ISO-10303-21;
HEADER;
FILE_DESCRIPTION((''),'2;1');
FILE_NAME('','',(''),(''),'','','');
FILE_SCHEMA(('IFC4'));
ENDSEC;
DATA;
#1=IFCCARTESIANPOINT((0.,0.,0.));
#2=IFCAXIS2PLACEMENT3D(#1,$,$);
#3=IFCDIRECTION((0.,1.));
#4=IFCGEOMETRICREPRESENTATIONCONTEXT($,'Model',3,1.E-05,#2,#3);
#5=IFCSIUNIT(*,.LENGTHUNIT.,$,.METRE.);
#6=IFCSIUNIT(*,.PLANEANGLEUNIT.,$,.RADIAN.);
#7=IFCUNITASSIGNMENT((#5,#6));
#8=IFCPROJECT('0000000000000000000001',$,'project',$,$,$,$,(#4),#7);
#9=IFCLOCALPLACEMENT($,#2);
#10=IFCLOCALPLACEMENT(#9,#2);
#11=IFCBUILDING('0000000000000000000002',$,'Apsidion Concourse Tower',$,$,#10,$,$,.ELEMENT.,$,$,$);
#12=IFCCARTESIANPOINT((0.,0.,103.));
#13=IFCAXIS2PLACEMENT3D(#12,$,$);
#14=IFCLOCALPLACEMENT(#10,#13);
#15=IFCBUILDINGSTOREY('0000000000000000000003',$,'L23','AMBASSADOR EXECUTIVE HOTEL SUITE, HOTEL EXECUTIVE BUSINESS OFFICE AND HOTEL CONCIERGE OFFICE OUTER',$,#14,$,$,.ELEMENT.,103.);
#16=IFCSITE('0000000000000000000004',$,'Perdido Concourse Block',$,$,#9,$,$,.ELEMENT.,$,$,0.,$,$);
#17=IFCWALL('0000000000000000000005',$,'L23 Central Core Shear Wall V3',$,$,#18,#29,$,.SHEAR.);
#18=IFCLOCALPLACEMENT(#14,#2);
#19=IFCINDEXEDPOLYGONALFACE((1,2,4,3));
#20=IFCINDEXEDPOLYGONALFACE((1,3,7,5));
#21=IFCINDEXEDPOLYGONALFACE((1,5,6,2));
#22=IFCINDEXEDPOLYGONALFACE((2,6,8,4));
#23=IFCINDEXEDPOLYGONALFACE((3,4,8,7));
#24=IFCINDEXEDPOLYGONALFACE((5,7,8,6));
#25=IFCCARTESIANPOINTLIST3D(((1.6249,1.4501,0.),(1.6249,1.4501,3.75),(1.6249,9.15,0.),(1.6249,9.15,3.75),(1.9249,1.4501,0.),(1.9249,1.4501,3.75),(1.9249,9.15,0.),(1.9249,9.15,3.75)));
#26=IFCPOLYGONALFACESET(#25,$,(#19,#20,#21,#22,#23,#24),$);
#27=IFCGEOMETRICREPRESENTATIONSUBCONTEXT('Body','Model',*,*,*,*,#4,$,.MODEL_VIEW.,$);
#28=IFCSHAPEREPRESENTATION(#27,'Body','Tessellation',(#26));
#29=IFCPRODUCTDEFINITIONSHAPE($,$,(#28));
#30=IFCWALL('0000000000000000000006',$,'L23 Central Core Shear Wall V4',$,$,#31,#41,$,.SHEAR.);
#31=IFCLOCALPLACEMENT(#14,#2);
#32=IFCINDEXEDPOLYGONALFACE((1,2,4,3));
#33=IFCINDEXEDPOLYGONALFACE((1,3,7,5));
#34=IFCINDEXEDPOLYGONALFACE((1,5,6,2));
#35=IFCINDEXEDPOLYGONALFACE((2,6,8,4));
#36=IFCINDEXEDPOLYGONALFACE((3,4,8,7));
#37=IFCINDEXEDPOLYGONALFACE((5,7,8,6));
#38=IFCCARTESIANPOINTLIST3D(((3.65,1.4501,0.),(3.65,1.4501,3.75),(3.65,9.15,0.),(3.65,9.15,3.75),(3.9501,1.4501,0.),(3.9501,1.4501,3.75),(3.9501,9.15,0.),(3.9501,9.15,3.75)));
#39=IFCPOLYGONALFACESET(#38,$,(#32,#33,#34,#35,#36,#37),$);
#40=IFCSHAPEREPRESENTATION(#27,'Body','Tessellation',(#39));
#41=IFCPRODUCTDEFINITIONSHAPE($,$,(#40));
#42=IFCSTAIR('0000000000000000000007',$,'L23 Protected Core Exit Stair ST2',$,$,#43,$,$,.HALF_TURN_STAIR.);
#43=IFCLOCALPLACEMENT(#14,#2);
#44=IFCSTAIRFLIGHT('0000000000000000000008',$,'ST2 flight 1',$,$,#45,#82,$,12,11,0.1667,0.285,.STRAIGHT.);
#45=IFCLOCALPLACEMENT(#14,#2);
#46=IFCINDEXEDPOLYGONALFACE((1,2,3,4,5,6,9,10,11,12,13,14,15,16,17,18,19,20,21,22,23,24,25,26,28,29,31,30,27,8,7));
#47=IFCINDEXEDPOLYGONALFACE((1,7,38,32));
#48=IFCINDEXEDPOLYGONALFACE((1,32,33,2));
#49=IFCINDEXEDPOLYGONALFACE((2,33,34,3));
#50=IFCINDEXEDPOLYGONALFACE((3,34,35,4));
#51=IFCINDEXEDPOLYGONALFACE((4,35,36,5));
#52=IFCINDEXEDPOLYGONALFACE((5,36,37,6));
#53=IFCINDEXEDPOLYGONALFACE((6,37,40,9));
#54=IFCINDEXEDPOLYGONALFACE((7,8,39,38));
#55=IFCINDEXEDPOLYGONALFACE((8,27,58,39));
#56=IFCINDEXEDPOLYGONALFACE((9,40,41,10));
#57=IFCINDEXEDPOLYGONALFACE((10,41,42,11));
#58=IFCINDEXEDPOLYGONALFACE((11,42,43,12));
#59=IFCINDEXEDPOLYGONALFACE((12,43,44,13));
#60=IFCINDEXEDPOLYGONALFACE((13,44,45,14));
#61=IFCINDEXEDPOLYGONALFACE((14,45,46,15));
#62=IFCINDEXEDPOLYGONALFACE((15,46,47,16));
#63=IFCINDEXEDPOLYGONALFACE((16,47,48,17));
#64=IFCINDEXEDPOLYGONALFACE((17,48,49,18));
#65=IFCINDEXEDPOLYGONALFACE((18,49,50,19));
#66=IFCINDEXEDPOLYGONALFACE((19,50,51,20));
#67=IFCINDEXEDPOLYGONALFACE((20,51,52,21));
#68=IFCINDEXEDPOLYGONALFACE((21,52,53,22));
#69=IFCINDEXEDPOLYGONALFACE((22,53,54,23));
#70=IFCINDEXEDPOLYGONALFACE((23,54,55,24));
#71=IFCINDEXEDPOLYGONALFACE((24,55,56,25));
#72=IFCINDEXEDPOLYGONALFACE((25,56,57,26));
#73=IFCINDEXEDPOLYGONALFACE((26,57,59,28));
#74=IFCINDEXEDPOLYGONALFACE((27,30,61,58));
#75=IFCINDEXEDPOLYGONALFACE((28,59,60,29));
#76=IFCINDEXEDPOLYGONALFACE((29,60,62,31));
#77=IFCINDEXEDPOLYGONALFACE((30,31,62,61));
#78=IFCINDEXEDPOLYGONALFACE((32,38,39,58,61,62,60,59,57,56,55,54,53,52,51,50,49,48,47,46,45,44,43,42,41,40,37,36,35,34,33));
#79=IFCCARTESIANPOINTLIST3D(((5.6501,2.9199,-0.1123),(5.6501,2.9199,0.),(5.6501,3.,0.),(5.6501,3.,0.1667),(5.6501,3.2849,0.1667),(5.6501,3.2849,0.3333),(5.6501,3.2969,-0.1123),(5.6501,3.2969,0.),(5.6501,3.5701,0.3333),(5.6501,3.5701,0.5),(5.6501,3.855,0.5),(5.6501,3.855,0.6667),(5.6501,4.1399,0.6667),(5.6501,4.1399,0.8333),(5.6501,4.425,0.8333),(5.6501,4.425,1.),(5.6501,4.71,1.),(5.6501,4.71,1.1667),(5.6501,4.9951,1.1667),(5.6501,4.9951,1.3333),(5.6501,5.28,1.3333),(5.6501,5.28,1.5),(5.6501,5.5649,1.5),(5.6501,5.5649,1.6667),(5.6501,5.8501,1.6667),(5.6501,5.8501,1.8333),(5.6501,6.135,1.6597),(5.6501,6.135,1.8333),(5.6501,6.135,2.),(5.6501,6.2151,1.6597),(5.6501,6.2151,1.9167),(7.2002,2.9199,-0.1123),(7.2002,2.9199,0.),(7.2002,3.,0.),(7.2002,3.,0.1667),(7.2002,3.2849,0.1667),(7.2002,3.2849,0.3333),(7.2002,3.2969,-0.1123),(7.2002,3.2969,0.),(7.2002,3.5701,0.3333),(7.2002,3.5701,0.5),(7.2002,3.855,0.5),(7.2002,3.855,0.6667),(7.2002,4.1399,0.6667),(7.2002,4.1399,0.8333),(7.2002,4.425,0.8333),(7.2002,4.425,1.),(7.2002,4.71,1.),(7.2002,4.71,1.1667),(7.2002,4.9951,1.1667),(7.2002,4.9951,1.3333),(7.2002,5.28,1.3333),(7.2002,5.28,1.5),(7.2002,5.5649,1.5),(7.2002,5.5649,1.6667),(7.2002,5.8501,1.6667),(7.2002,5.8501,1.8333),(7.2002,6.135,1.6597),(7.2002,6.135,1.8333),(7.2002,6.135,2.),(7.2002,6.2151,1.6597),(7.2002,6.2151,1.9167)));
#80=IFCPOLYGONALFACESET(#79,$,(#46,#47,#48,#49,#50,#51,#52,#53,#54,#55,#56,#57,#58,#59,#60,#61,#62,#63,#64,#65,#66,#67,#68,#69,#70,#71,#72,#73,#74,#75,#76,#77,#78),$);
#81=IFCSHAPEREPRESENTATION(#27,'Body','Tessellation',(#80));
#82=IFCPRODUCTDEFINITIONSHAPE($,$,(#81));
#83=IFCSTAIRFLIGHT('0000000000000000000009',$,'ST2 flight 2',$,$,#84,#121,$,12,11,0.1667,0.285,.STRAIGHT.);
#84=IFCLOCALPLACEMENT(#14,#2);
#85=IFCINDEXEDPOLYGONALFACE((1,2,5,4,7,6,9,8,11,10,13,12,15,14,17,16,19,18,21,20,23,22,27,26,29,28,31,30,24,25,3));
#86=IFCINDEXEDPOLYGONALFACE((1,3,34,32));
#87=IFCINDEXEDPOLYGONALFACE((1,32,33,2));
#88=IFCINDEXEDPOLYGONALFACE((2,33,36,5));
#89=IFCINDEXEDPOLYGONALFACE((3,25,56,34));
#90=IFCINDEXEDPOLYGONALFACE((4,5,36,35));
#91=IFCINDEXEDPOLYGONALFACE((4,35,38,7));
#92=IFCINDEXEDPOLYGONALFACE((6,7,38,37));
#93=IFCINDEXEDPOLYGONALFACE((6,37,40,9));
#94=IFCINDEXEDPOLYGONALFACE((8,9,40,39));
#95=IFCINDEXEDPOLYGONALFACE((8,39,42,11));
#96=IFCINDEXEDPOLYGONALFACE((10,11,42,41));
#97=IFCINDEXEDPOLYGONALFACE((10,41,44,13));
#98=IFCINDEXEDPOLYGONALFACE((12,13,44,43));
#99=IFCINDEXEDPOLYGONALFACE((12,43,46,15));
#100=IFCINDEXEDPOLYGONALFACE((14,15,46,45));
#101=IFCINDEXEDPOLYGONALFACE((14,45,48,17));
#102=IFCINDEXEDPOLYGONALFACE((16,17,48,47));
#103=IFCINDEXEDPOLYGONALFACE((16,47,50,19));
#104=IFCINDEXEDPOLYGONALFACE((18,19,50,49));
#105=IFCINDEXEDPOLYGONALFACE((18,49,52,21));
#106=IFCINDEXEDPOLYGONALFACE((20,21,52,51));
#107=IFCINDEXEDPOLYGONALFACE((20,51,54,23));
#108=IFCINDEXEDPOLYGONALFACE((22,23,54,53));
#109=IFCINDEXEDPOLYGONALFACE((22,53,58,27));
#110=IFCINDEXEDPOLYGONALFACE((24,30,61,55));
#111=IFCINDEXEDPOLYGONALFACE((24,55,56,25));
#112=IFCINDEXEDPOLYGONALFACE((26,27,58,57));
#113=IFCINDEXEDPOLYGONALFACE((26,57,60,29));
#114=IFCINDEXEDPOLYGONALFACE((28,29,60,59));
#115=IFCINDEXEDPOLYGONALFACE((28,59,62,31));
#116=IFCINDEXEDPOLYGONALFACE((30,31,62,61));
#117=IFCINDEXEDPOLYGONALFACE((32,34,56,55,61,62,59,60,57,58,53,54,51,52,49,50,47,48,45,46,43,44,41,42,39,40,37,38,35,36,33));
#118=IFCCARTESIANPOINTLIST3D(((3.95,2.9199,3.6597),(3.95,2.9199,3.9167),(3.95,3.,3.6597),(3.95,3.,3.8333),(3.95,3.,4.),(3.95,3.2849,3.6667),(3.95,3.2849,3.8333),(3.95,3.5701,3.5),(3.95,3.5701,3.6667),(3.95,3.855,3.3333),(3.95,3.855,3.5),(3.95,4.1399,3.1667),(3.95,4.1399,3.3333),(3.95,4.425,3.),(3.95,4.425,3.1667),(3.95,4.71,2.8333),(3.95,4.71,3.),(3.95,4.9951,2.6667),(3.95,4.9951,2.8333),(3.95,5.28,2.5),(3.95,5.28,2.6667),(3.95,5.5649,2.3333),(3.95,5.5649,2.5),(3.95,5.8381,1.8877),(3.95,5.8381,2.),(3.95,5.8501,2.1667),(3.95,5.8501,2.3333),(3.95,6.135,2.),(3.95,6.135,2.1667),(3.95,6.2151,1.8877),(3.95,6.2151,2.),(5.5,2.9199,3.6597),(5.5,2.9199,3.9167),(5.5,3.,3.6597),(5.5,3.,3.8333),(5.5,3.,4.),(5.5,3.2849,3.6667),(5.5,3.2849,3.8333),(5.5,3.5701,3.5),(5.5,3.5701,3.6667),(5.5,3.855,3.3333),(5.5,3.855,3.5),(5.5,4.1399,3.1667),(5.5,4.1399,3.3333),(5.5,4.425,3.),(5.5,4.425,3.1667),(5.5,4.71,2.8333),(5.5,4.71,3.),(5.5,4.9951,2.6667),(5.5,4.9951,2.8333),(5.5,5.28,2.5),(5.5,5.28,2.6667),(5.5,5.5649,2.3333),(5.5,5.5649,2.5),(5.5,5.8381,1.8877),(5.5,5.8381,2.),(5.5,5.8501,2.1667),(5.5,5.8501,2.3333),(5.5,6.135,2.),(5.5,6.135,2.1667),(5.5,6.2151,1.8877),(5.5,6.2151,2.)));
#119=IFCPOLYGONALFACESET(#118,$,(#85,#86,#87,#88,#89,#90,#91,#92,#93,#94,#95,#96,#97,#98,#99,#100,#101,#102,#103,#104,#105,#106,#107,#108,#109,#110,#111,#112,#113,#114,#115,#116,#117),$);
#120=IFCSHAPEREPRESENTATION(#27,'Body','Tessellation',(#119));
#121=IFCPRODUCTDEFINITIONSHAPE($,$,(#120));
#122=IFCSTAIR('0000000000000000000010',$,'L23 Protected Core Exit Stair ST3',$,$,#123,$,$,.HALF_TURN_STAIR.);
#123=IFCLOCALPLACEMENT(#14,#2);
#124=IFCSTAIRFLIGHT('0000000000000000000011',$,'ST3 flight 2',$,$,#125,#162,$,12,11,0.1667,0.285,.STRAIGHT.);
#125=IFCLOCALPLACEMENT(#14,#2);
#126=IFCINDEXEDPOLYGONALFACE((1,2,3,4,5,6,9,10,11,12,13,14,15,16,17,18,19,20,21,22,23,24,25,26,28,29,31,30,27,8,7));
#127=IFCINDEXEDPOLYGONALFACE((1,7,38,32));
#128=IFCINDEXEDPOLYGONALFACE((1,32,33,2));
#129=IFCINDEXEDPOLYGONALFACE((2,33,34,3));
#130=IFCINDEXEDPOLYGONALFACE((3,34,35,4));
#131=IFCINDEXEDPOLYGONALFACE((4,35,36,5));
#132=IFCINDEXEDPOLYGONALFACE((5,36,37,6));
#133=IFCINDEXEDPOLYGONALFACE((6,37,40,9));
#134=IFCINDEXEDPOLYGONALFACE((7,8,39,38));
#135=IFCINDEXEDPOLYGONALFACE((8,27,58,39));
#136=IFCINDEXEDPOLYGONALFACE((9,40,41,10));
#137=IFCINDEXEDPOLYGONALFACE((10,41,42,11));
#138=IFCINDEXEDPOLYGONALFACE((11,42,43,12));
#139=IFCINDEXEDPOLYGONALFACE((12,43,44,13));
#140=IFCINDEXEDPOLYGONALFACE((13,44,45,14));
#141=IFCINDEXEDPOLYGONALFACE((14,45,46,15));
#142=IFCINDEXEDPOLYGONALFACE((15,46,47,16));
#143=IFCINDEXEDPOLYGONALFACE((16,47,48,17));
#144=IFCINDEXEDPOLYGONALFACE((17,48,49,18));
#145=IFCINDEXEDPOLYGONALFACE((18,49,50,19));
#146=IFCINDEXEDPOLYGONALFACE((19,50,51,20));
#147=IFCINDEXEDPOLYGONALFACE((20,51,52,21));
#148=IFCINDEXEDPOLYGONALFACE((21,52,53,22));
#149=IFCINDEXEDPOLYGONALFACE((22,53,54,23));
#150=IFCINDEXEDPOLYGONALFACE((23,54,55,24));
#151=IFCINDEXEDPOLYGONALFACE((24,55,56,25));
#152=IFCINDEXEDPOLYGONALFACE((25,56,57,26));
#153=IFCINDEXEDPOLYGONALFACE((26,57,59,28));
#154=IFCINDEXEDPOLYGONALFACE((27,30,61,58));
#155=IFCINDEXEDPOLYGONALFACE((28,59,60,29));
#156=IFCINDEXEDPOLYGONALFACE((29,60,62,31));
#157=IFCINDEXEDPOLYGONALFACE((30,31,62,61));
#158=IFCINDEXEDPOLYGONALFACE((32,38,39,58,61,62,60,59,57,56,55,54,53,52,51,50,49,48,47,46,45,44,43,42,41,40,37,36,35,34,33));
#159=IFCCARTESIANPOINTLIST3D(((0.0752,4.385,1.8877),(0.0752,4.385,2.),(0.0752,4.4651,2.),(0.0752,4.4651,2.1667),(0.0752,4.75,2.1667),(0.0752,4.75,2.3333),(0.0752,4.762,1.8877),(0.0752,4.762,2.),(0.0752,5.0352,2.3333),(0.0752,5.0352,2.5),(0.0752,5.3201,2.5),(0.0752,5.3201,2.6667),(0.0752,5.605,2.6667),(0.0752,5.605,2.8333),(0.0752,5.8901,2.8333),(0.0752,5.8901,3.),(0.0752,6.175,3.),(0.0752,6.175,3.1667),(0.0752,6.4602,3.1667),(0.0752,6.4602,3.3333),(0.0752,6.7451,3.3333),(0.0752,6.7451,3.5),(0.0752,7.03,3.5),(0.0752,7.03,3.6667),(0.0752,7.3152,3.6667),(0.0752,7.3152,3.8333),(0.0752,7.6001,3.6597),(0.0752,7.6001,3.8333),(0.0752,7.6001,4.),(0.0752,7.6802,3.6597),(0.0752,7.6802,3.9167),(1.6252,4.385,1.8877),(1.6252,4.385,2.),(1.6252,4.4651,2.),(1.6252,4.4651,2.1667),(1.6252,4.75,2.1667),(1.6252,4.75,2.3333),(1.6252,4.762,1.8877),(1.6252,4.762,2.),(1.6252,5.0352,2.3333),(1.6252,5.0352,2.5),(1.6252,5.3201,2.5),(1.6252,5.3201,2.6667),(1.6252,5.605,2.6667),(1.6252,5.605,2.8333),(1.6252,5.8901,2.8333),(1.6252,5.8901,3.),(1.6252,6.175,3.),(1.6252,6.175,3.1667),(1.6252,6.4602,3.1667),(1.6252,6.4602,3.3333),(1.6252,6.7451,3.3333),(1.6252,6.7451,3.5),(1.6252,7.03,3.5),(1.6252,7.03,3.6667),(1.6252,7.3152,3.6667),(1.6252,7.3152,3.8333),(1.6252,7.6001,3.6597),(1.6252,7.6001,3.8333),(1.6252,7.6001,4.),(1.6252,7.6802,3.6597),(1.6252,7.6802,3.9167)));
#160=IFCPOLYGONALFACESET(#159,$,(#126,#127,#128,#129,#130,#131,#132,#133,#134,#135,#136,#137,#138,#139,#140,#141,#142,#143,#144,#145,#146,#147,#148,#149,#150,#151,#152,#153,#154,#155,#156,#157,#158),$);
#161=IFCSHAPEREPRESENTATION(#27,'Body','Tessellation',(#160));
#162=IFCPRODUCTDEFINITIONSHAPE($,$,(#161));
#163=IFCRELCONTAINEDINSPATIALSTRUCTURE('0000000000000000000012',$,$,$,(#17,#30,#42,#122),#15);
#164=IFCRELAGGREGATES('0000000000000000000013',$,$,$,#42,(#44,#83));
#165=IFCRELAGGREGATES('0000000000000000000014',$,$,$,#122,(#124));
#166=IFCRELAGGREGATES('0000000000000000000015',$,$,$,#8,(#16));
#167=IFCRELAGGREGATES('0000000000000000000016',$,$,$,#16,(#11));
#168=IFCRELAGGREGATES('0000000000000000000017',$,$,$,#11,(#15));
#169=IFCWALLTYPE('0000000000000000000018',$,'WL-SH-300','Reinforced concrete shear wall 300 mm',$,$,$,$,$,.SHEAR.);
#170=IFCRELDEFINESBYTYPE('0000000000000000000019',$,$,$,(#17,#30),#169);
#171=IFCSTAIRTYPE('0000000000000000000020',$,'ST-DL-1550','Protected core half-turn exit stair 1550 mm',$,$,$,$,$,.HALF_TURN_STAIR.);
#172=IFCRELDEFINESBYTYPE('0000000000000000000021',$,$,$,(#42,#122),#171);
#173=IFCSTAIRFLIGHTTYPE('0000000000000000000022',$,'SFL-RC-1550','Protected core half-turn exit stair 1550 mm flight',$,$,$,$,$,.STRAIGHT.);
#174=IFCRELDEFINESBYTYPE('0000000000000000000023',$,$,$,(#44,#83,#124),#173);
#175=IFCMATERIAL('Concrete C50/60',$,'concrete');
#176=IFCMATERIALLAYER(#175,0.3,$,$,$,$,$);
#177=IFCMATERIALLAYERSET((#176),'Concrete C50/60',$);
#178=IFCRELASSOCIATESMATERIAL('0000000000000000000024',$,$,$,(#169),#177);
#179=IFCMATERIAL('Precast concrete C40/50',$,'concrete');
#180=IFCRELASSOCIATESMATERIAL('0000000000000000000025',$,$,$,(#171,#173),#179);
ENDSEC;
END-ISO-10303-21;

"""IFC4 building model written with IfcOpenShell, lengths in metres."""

from ifc_helpers import new_model, si_unit, direction, frame, frame_2d, origin, place, context, subcontext, project, spatial, polyline, rectangle, outline, extrude, material, layer, layer_set, type_object, element, aggregate, save


model = new_model("IFC4")

# Units and contexts
model_context = context("Model", 3, precision=1e-05, world=origin(), true_north=direction((0.0, 1.0)))
body_context = subcontext(model_context, "Body", "Model", "MODEL_VIEW")
ifc_project = project(units=[si_unit("LENGTHUNIT", "METRE"), si_unit("PLANEANGLEUNIT", "RADIAN")], contexts=[model_context])

# Site, building, storey
site_placement = place(None, origin())
site = spatial("IfcSite", under=ifc_project, at=site_placement, Name="Perdido Concourse Block", CompositionType="ELEMENT", RefElevation=0.0)
building_placement = place(site_placement, origin())
building = spatial("IfcBuilding", under=site, at=building_placement, Name="Apsidion Concourse Tower", CompositionType="ELEMENT")
storey_placement = place(building_placement, frame((0.0, 0.0, 103.0)))
storey = spatial("IfcBuildingStorey", under=building, at=storey_placement, Name="L23", Description="AMBASSADOR EXECUTIVE HOTEL SUITE, HOTEL EXECUTIVE BUSINESS OFFICE AND HOTEL CONCIERGE OFFICE OUTER", CompositionType="ELEMENT", Elevation=103.0)

# Shared definitions
ifc_material_1 = material(Name="Concrete C50/60", Category="concrete")

# Walls
ifc_layer_1 = layer(ifc_material_1, 0.3)
ifc_layer_set_1 = layer_set([ifc_layer_1], Name="Concrete C50/60")
wall_type_1 = type_object("IfcWallType", Name="WL-SH-300", Description="Reinforced concrete shear wall 300 mm", PredefinedType="SHEAR", material=ifc_layer_set_1)
for number, where, z_axis, x_axis, name in (
    (1, (1.7749, 1.45, 0.0), (0.0, 0.0, 1.0), (0.0, 1.0, 0.0), "L23 Central Core Shear Wall V3"),
    (2, (3.8, 1.45, 0.0), (0.0, 0.0, 1.0), (0.0, 1.0, 0.0), "L23 Central Core Shear Wall V4"),
):
    element("IfcWall", number, at=place(storey_placement, frame(where, z_axis=z_axis, x_axis=x_axis)), inside=storey, type_object=wall_type_1, Name=name, PredefinedType="SHEAR", context=body_context, shape_type="SweptSolid", body=[
        extrude(rectangle(XDim=7.7, YDim=0.3, at=frame_2d((3.8501, 0.0))), origin(), (0.0, 0.0, 1.0), 3.75),
    ])

# Stair, stair flights
ifc_material_2 = material(Name="Precast concrete C40/50", Category="concrete")
stair_type = type_object("IfcStairType", Name="ST-DL-1550", Description="Protected core half-turn exit stair 1550 mm", PredefinedType="HALF_TURN_STAIR", material=ifc_material_2)
stair_1_placement = place(storey_placement, origin())
stair_1 = element("IfcStair", 3, at=stair_1_placement, inside=storey, type_object=stair_type, Name="L23 Protected Core Exit Stair ST2", PredefinedType="HALF_TURN_STAIR")
stair_flight_type = type_object("IfcStairFlightType", Name="SFL-RC-1550", Description="Protected core half-turn exit stair 1550 mm flight", PredefinedType="STRAIGHT", material=ifc_material_2)
stair_flight_1_placement = place(storey_placement, frame((6.425, 3.0, 0.0), z_axis=(0.0, 0.0, 1.0), x_axis=(0.0, 1.0, 0.0)))
stair_flight_1 = element("IfcStairFlight", 4, at=stair_flight_1_placement, type_object=stair_flight_type, Name="ST2 flight 1", NumberOfRisers=12, NumberOfTreads=11, PredefinedType="STRAIGHT", RiserHeight=0.1667, TreadLength=0.285, context=body_context, shape_type="SweptSolid", body=[
    extrude(outline(polyline([(-0.0801, -0.1123), (-0.0801, 0.0), (0.0, 0.0), (0.0, 0.1667), (0.2849, 0.1667), (0.2849, 0.3333), (0.5701, 0.3333), (0.5701, 0.5), (0.855, 0.5), (0.855, 0.6667), (1.1399, 0.6667), (1.1399, 0.8333), (1.425, 0.8333), (1.425, 1.0), (1.71, 1.0), (1.71, 1.1667), (1.9951, 1.1667), (1.9951, 1.3333), (2.28, 1.3333), (2.28, 1.5), (2.5649, 1.5), (2.5649, 1.6667), (2.8501, 1.6667), (2.8501, 1.8333), (3.135, 1.8333), (3.135, 2.0), (3.2151, 1.9167), (3.2151, 1.6597), (3.135, 1.6597), (0.2969, 0.0), (0.2969, -0.1123), (-0.0801, -0.1123)])), frame((0.0, 0.7749, 0.0), z_axis=(0.0, -1.0, 0.0), x_axis=(1.0, 0.0, 0.0)), (0.0, 0.0, 1.0), 1.55),
])
stair_flight_2_placement = place(storey_placement, frame((4.7251, 6.135, 2.0), z_axis=(0.0, 0.0, 1.0), x_axis=(0.0, -1.0, 0.0)))
stair_flight_2 = element("IfcStairFlight", 5, at=stair_flight_2_placement, type_object=stair_flight_type, Name="ST2 flight 2", NumberOfRisers=12, NumberOfTreads=11, PredefinedType="STRAIGHT", RiserHeight=0.1667, TreadLength=0.285, context=body_context, shape_type="SweptSolid", body=[
    extrude(outline(polyline([(-0.0801, -0.1123), (-0.0801, 0.0), (0.0, 0.0), (0.0, 0.1667), (0.2849, 0.1667), (0.2849, 0.3333), (0.5701, 0.3333), (0.5701, 0.5), (0.855, 0.5), (0.855, 0.6667), (1.1399, 0.6667), (1.1399, 0.8333), (1.425, 0.8333), (1.425, 1.0), (1.71, 1.0), (1.71, 1.1667), (1.9951, 1.1667), (1.9951, 1.3333), (2.28, 1.3333), (2.28, 1.5), (2.5649, 1.5), (2.5649, 1.6667), (2.8501, 1.6667), (2.8501, 1.8333), (3.135, 1.8333), (3.135, 2.0), (3.2151, 1.9167), (3.2151, 1.6597), (3.135, 1.6597), (0.2969, 0.0), (0.2969, -0.1123), (-0.0801, -0.1123)])), frame((0.0, 0.7749, 0.0), z_axis=(0.0, -1.0, 0.0), x_axis=(1.0, 0.0, 0.0)), (0.0, 0.0, 1.0), 1.55),
])
aggregate(stair_1, [stair_flight_1, stair_flight_2])

# Stair, stair flight
stair_2_placement = place(storey_placement, origin())
stair_2 = element("IfcStair", 6, at=stair_2_placement, inside=storey, type_object=stair_type, Name="L23 Protected Core Exit Stair ST3", PredefinedType="HALF_TURN_STAIR")
stair_flight_3_placement = place(storey_placement, frame((0.8501, 4.4651, 2.0), z_axis=(0.0, 0.0, 1.0), x_axis=(0.0, 1.0, 0.0)))
stair_flight_3 = element("IfcStairFlight", 7, at=stair_flight_3_placement, type_object=stair_flight_type, Name="ST3 flight 2", NumberOfRisers=12, NumberOfTreads=11, PredefinedType="STRAIGHT", RiserHeight=0.1667, TreadLength=0.285, context=body_context, shape_type="SweptSolid", body=[
    extrude(outline(polyline([(-0.0801, -0.1123), (-0.0801, 0.0), (0.0, 0.0), (0.0, 0.1667), (0.2849, 0.1667), (0.2849, 0.3333), (0.5701, 0.3333), (0.5701, 0.5), (0.855, 0.5), (0.855, 0.6667), (1.1399, 0.6667), (1.1399, 0.8333), (1.425, 0.8333), (1.425, 1.0), (1.71, 1.0), (1.71, 1.1667), (1.9951, 1.1667), (1.9951, 1.3333), (2.28, 1.3333), (2.28, 1.5), (2.5649, 1.5), (2.5649, 1.6667), (2.8501, 1.6667), (2.8501, 1.8333), (3.135, 1.8333), (3.135, 2.0), (3.2151, 1.9167), (3.2151, 1.6597), (3.135, 1.6597), (0.2969, 0.0), (0.2969, -0.1123), (-0.0801, -0.1123)])), frame((0.0, 0.7749, 0.0), z_axis=(0.0, -1.0, 0.0), x_axis=(1.0, 0.0, 0.0)), (0.0, 0.0, 1.0), 1.55),
])
aggregate(stair_2, [stair_flight_3])

save(model, "model.ifc")
